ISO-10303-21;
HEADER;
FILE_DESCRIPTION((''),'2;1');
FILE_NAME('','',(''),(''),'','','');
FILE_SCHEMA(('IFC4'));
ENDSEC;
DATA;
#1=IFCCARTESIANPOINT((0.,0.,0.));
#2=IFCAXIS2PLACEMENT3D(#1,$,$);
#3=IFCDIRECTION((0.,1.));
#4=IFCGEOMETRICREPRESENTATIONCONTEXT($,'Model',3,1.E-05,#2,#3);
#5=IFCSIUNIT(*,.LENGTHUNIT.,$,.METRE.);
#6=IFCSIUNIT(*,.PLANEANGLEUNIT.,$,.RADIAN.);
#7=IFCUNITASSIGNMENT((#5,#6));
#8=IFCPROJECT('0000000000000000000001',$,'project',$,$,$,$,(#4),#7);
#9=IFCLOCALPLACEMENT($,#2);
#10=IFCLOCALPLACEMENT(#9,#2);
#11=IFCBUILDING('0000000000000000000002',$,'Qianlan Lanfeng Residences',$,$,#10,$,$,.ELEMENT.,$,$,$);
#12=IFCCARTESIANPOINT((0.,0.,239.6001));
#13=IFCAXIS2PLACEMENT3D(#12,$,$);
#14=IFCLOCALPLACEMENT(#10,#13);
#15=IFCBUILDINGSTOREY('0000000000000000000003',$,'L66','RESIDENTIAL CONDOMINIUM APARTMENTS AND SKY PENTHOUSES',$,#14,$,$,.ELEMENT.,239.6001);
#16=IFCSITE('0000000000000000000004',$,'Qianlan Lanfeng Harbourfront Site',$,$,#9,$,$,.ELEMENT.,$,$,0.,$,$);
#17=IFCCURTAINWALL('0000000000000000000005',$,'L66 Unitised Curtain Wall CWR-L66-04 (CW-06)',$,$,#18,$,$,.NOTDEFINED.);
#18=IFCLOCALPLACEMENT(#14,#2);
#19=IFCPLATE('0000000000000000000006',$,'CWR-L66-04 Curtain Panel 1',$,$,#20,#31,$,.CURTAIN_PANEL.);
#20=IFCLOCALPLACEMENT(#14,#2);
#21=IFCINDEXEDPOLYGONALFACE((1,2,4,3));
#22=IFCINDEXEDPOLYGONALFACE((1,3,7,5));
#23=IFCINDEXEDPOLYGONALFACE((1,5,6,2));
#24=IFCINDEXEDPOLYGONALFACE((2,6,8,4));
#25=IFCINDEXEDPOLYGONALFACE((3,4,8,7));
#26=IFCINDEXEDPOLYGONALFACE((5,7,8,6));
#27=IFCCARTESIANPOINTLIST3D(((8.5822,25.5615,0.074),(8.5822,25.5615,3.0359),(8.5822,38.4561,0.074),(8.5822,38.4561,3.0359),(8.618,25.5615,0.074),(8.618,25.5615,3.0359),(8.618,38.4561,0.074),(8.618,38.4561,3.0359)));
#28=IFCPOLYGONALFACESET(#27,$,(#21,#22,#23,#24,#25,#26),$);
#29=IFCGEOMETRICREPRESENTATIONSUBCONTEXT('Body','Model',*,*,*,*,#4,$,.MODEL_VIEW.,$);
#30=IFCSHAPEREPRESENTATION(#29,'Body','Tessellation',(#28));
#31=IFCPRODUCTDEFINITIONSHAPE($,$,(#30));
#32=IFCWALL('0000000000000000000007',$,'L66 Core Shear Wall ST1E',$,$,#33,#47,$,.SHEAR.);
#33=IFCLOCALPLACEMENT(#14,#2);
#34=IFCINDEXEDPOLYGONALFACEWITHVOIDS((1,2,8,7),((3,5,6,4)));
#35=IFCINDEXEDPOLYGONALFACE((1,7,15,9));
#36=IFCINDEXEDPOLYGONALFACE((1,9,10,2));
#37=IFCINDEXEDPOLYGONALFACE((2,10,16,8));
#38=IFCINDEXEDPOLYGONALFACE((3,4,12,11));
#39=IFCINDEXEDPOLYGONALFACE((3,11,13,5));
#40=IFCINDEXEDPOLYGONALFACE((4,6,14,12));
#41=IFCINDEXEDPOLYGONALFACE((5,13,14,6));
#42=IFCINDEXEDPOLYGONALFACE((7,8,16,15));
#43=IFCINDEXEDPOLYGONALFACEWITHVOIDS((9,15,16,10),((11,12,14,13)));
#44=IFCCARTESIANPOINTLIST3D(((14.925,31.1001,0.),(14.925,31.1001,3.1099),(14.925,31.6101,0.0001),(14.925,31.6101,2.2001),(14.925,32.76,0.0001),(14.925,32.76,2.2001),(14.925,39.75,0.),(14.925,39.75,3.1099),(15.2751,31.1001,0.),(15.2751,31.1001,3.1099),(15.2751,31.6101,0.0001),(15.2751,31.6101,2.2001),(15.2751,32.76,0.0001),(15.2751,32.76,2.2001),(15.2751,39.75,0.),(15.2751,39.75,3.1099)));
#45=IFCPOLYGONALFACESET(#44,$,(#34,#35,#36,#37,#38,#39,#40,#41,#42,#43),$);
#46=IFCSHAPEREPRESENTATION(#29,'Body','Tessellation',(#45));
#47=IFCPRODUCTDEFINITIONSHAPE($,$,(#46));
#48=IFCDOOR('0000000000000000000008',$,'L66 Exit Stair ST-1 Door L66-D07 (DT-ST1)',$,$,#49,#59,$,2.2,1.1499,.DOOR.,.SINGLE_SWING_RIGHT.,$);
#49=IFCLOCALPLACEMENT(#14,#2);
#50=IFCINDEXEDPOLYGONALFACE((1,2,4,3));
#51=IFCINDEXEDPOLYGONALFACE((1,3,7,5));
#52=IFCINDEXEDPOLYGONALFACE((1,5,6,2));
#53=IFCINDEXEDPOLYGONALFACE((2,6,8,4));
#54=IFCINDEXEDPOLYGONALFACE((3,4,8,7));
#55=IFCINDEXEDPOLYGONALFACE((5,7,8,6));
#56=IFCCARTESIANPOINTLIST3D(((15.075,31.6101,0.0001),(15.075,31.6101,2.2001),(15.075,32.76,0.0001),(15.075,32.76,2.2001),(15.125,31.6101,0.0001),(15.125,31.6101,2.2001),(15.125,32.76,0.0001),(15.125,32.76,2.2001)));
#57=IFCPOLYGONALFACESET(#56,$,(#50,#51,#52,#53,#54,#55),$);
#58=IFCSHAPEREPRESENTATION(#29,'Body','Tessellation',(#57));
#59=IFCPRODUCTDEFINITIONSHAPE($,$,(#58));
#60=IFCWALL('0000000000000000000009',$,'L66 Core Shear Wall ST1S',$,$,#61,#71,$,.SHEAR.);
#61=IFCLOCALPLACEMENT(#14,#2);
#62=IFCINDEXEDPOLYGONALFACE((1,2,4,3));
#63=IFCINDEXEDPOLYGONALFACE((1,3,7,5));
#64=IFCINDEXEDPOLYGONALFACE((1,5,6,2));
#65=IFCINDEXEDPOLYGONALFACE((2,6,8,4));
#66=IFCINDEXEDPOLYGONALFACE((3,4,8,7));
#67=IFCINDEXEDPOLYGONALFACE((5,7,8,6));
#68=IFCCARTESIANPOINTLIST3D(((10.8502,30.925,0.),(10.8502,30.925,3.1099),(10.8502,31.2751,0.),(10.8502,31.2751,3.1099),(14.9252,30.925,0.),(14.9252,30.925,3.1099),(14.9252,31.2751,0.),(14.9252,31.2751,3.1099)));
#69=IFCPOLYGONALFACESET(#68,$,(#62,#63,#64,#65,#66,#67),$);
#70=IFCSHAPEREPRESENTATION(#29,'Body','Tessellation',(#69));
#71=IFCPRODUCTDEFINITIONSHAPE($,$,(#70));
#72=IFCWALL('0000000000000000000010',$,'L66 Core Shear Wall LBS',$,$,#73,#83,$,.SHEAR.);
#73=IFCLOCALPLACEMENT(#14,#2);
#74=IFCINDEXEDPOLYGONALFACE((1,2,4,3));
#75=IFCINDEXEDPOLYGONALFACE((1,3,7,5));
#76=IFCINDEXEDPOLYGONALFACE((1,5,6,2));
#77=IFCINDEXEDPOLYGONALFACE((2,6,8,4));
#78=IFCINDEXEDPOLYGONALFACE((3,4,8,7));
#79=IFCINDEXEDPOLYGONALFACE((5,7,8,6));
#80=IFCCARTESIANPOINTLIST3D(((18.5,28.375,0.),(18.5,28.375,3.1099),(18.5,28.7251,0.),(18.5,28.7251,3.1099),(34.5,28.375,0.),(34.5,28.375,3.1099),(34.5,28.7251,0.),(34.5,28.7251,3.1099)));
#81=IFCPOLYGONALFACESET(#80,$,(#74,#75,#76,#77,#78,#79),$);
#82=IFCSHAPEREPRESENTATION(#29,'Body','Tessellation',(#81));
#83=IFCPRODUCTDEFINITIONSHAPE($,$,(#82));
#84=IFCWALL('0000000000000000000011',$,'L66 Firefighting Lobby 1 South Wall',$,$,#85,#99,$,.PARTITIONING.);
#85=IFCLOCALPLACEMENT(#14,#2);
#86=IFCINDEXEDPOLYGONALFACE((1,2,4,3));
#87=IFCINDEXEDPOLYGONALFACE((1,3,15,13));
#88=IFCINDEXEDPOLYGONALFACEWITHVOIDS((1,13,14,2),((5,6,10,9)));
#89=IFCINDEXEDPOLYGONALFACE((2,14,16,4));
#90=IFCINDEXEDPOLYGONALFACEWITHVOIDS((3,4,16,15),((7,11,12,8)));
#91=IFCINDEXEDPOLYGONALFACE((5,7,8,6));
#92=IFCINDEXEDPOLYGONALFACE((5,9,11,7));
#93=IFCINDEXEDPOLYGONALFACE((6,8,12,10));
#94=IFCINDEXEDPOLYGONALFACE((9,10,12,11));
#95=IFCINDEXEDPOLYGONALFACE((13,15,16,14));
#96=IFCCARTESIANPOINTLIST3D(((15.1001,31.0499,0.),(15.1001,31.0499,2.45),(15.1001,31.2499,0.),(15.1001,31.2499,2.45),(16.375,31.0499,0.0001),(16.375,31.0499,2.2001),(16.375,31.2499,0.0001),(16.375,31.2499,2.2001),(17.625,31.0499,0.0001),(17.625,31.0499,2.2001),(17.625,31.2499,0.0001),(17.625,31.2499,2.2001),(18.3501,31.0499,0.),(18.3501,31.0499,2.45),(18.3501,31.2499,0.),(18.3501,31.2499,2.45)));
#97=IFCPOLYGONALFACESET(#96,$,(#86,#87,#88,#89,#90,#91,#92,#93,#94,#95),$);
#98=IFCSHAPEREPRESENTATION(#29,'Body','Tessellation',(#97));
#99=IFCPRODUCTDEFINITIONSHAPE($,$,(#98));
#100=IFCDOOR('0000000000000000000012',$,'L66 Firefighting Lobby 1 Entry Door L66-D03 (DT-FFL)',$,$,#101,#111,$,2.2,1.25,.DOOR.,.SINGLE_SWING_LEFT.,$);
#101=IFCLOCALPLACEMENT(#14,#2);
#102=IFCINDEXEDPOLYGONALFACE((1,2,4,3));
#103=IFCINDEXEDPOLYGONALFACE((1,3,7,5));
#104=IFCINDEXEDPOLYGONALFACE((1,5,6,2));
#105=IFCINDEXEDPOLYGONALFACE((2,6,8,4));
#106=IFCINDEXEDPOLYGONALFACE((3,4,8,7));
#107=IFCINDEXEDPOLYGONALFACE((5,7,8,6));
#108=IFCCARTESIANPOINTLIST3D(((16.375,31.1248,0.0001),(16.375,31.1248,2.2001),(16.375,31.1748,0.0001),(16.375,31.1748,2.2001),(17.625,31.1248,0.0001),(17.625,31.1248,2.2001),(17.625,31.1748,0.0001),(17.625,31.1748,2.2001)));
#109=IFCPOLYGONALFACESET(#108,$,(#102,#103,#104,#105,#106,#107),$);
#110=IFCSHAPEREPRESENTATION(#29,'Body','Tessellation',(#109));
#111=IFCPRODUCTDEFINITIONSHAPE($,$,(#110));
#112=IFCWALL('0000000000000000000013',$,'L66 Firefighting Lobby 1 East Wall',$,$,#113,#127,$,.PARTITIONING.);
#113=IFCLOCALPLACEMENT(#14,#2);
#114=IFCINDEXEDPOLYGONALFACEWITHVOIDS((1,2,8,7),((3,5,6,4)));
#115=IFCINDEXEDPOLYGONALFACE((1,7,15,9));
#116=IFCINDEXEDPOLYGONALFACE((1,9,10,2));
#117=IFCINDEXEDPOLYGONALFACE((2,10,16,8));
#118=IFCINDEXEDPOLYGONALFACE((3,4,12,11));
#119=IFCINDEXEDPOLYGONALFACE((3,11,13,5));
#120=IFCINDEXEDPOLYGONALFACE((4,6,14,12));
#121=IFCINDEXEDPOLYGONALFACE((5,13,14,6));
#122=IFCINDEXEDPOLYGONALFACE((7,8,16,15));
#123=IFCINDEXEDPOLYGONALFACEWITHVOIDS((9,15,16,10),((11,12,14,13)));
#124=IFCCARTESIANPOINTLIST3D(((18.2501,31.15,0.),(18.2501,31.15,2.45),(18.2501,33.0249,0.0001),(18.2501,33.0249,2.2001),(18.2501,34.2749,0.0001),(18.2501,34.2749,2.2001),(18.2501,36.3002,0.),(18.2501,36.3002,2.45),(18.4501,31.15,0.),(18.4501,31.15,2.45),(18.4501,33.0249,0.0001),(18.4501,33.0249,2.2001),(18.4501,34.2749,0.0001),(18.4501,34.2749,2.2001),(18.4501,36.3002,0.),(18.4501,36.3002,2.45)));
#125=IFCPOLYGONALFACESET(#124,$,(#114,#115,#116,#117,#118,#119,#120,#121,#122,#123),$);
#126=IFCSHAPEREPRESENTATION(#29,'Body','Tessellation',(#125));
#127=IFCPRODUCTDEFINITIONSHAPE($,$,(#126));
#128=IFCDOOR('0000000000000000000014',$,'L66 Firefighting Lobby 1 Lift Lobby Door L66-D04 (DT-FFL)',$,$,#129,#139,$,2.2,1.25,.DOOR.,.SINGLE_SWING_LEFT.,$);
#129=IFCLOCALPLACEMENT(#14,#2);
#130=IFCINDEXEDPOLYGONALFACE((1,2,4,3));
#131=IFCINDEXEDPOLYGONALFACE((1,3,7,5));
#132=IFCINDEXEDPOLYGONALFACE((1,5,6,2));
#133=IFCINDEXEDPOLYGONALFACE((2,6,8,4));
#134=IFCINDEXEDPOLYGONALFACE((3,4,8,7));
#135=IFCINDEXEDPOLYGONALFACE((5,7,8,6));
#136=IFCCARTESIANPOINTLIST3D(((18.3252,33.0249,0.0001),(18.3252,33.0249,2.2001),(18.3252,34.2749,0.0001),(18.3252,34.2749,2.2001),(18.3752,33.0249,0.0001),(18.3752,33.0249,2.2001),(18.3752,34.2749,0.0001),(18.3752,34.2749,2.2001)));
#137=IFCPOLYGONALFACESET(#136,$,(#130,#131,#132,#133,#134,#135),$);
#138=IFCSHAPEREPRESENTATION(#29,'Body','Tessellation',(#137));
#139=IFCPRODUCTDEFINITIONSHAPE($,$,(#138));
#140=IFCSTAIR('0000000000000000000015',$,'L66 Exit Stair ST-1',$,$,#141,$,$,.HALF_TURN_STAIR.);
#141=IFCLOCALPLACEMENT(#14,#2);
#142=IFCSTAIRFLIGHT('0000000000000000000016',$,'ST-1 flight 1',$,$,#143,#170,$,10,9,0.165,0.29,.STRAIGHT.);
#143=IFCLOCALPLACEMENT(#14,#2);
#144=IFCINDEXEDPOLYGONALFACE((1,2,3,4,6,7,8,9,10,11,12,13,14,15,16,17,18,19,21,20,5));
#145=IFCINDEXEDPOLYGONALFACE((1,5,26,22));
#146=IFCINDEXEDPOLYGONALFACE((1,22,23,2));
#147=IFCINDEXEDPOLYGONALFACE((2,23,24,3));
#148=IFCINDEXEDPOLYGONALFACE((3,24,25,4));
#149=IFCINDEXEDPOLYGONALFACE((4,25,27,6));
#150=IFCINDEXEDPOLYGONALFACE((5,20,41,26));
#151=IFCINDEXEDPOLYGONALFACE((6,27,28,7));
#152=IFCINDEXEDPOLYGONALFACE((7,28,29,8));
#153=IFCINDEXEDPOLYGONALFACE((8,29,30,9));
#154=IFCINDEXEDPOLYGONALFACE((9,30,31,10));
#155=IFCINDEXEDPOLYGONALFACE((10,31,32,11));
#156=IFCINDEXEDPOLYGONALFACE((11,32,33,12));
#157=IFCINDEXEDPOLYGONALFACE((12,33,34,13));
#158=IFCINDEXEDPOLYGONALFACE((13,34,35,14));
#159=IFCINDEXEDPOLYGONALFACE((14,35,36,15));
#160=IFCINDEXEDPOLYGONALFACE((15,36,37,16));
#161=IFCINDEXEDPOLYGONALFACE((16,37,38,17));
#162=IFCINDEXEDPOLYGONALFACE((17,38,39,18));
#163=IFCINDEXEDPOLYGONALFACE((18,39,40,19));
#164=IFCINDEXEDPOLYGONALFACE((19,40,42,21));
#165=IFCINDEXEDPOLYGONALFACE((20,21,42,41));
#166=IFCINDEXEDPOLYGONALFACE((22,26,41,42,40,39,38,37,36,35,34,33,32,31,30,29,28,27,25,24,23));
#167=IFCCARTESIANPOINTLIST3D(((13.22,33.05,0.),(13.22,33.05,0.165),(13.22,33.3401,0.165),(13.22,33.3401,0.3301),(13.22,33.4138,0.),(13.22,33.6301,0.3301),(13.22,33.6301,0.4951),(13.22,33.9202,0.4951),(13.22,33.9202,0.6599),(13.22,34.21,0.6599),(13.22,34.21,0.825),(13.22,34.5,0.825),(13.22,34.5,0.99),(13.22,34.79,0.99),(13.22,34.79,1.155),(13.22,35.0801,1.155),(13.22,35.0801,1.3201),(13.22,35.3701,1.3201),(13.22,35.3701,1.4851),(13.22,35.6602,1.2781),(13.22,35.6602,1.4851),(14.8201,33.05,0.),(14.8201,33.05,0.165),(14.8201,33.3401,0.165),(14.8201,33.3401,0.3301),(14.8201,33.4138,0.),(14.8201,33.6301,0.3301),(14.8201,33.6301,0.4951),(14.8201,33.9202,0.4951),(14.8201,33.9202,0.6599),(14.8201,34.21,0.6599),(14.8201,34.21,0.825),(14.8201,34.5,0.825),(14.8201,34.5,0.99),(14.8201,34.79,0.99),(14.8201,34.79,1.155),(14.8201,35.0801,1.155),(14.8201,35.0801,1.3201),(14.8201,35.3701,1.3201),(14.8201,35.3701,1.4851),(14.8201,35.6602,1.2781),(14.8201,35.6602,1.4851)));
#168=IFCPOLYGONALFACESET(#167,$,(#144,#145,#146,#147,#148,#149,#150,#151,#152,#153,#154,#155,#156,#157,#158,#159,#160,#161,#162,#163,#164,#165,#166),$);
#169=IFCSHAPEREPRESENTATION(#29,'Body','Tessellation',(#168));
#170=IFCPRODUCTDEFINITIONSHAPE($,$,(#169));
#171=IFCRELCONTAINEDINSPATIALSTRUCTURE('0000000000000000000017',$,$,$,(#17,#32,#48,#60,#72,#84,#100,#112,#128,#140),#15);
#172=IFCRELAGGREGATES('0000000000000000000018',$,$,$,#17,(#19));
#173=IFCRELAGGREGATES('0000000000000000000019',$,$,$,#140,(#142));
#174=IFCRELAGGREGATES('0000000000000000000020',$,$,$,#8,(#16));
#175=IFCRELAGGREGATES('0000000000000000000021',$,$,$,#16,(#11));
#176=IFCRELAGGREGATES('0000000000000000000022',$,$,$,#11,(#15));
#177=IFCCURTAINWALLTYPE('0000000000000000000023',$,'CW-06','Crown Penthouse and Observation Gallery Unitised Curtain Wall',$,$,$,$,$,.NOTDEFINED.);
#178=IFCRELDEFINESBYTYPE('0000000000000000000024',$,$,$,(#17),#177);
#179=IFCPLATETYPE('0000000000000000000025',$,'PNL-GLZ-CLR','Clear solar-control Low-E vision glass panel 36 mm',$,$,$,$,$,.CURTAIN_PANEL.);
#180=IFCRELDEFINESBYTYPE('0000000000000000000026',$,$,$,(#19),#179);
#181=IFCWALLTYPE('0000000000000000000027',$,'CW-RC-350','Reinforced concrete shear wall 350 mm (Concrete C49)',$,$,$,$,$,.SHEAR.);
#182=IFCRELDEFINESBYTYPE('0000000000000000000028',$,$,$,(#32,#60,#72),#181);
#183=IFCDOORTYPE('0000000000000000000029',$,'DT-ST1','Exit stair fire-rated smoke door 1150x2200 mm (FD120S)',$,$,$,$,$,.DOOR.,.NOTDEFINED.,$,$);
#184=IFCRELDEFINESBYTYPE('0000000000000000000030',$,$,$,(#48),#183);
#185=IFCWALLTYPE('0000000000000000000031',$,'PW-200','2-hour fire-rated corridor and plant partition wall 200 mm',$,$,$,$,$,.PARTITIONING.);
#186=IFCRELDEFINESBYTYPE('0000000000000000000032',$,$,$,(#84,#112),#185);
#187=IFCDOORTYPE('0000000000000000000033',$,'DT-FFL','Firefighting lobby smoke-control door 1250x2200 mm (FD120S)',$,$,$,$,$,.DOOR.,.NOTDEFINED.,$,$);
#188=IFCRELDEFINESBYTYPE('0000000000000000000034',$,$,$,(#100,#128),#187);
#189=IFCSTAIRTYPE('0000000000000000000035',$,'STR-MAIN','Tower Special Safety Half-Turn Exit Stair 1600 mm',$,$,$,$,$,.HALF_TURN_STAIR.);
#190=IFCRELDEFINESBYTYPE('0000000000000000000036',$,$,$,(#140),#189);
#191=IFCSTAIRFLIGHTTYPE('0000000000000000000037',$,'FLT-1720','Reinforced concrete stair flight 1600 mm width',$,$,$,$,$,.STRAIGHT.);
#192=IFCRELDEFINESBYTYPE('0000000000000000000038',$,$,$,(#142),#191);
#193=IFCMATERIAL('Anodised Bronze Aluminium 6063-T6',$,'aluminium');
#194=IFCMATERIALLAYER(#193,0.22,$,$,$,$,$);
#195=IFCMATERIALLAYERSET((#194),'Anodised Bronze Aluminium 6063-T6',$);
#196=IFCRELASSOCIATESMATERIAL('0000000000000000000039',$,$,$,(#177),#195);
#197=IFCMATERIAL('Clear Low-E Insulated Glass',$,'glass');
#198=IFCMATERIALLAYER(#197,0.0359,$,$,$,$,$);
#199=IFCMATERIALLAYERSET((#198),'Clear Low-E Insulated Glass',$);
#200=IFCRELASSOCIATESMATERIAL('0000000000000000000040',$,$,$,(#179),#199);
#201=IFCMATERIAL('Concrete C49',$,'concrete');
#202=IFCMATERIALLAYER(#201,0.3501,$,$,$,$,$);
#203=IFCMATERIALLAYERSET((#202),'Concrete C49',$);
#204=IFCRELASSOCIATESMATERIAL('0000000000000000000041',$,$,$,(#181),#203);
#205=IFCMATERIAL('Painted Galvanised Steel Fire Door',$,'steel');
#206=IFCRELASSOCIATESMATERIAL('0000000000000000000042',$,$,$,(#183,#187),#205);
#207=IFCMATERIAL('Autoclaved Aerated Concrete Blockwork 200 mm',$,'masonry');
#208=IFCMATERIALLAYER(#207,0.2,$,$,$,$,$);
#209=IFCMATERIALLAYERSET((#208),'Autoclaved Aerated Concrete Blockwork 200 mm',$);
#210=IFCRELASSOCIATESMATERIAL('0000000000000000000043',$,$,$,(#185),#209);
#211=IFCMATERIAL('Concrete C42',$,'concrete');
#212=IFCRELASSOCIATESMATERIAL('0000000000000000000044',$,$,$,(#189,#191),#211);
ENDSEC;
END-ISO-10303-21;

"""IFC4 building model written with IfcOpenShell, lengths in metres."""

from ifc_helpers import new_model, si_unit, direction, frame, frame_2d, origin, origin_2d, place, context, subcontext, project, spatial, polyline, rectangle, outline, extrude, source, transform, mapped, material, layer, layer_set, type_object, element, fill, aggregate, save


model = new_model("IFC4")

# Units and contexts
model_context = context("Model", 3, precision=1e-05, world=origin(), true_north=direction((0.0, 1.0)))
body_context = subcontext(model_context, "Body", "Model", "MODEL_VIEW")
ifc_project = project(units=[si_unit("LENGTHUNIT", "METRE"), si_unit("PLANEANGLEUNIT", "RADIAN")], contexts=[model_context])

# Site, building, storey
site_placement = place(None, origin())
site = spatial("IfcSite", under=ifc_project, at=site_placement, Name="Qianlan Lanfeng Harbourfront Site", CompositionType="ELEMENT", RefElevation=0.0)
building_placement = place(site_placement, origin())
building = spatial("IfcBuilding", under=site, at=building_placement, Name="Qianlan Lanfeng Residences", CompositionType="ELEMENT")
storey_placement = place(building_placement, frame((0.0, 0.0, 239.6001)))
storey = spatial("IfcBuildingStorey", under=building, at=storey_placement, Name="L66", Description="RESIDENTIAL CONDOMINIUM APARTMENTS AND SKY PENTHOUSES", CompositionType="ELEMENT", Elevation=239.6001)

# Curtain wall, plate
ifc_material_1 = material(Name="Anodised Bronze Aluminium 6063-T6", Category="aluminium")
ifc_layer_1 = layer(ifc_material_1, 0.22)
ifc_layer_set_1 = layer_set([ifc_layer_1], Name="Anodised Bronze Aluminium 6063-T6")
curtain_wall_type = type_object("IfcCurtainWallType", Name="CW-06", Description="Crown Penthouse and Observation Gallery Unitised Curtain Wall", PredefinedType="NOTDEFINED", material=ifc_layer_set_1)
curtain_wall_placement = place(storey_placement, origin())
curtain_wall = element("IfcCurtainWall", 1, at=curtain_wall_placement, inside=storey, type_object=curtain_wall_type, Name="L66 Unitised Curtain Wall CWR-L66-04 (CW-06)", PredefinedType="NOTDEFINED")
ifc_material_2 = material(Name="Clear Low-E Insulated Glass", Category="glass")
ifc_layer_2 = layer(ifc_material_2, 0.0359)
ifc_layer_set_2 = layer_set([ifc_layer_2], Name="Clear Low-E Insulated Glass")
plate_type = type_object("IfcPlateType", Name="PNL-GLZ-CLR", Description="Clear solar-control Low-E vision glass panel 36 mm", PredefinedType="CURTAIN_PANEL", material=ifc_layer_set_2)
shared_shape_1 = source(origin(), body_context, "Body", "SweptSolid", [
    extrude(rectangle(XDim=12.8945, YDim=0.0359, at=origin_2d()), origin(), (0.0, 0.0, 1.0), 2.9619),
])
plate_placement = place(storey_placement, frame((8.6001, 32.0088, 0.074), z_axis=(0.0, 0.0, 1.0), x_axis=(0.0, -1.0, 0.0)))
plate = element("IfcPlate", 2, at=plate_placement, type_object=plate_type, Name="CWR-L66-04 Curtain Panel 1", PredefinedType="CURTAIN_PANEL", context=body_context, shape_type="MappedRepresentation", body=[
    mapped(shared_shape_1, transform((0.0, 0.0, 0.0), scale=1.0)),
])
aggregate(curtain_wall, [plate])

# Wall, opening, door
ifc_material_3 = material(Name="Concrete C49", Category="concrete")
ifc_layer_3 = layer(ifc_material_3, 0.3501)
ifc_layer_set_3 = layer_set([ifc_layer_3], Name="Concrete C49")
wall_type_1 = type_object("IfcWallType", Name="CW-RC-350", Description="Reinforced concrete shear wall 350 mm (Concrete C49)", PredefinedType="SHEAR", material=ifc_layer_set_3)
wall_1_placement = place(storey_placement, frame((15.1001, 31.1001, 0.0), z_axis=(0.0, 0.0, 1.0), x_axis=(0.0, 1.0, 0.0)))
wall_1 = element("IfcWall", 3, at=wall_1_placement, inside=storey, type_object=wall_type_1, Name="L66 Core Shear Wall ST1E", PredefinedType="SHEAR", context=body_context, shape_type="SweptSolid", body=[
    extrude(rectangle(XDim=8.6499, YDim=0.3501, at=frame_2d((4.325, 0.0))), origin(), (0.0, 0.0, 1.0), 3.1099),
])
opening_1_placement = place(wall_1_placement, frame((0.51, 0.0, 0.0)))
opening_1 = element("IfcOpeningElement", 4, at=opening_1_placement, cuts=wall_1, PredefinedType="OPENING", context=body_context, shape_type="SweptSolid", body=[
    extrude(rectangle(XDim=1.1499, YDim=2.2, at=frame_2d((0.575, 1.1001))), frame((0.0, 0.1851, 0.0), z_axis=(0.0, -1.0, 0.0), x_axis=(1.0, 0.0, 0.0)), (0.0, 0.0, 1.0), 0.3701),
])
ifc_material_4 = material(Name="Painted Galvanised Steel Fire Door", Category="steel")
door_type_1 = type_object("IfcDoorType", Name="DT-ST1", Description="Exit stair fire-rated smoke door 1150x2200 mm (FD120S)", OperationType="NOTDEFINED", PredefinedType="DOOR", material=ifc_material_4)
door_1_placement = place(opening_1_placement, frame((1.1499, 0.0, 0.0), z_axis=(0.0, 0.0, 1.0), x_axis=(-1.0, 0.0, 0.0)))
door_1 = element("IfcDoor", 5, at=door_1_placement, inside=storey, type_object=door_type_1, Name="L66 Exit Stair ST-1 Door L66-D07 (DT-ST1)", OperationType="SINGLE_SWING_RIGHT", OverallHeight=2.2, OverallWidth=1.1499, PredefinedType="DOOR", context=body_context, shape_type="SweptSolid", body=[
    extrude(rectangle(XDim=1.1499, YDim=2.2, at=frame_2d((0.575, 1.1001))), frame((0.0, 0.0249, 0.0), z_axis=(0.0, -1.0, 0.0), x_axis=(1.0, 0.0, 0.0)), (0.0, 0.0, 1.0), 0.05),
])
fill(opening_1, door_1)

# Walls
wall_2_placement = place(storey_placement, frame((10.8501, 31.1001, 0.0), z_axis=(0.0, 0.0, 1.0), x_axis=(1.0, 0.0, 0.0)))
element("IfcWall", 6, at=wall_2_placement, inside=storey, type_object=wall_type_1, Name="L66 Core Shear Wall ST1S", PredefinedType="SHEAR", context=body_context, shape_type="SweptSolid", body=[
    extrude(rectangle(XDim=4.075, YDim=0.3501, at=frame_2d((2.0376, 0.0))), origin(), (0.0, 0.0, 1.0), 3.1099),
])
wall_3_placement = place(storey_placement, frame((18.5, 28.55, 0.0), z_axis=(0.0, 0.0, 1.0), x_axis=(1.0, 0.0, 0.0)))
element("IfcWall", 7, at=wall_3_placement, inside=storey, type_object=wall_type_1, Name="L66 Core Shear Wall LBS", PredefinedType="SHEAR", context=body_context, shape_type="SweptSolid", body=[
    extrude(rectangle(XDim=16.0, YDim=0.3501, at=frame_2d((8.0, 0.0))), origin(), (0.0, 0.0, 1.0), 3.1099),
])

# Walls, openings, doors
ifc_material_5 = material(Name="Autoclaved Aerated Concrete Blockwork 200 mm", Category="masonry")
ifc_layer_4 = layer(ifc_material_5, 0.2)
ifc_layer_set_4 = layer_set([ifc_layer_4], Name="Autoclaved Aerated Concrete Blockwork 200 mm")
wall_type_2 = type_object("IfcWallType", Name="PW-200", Description="2-hour fire-rated corridor and plant partition wall 200 mm", PredefinedType="PARTITIONING", material=ifc_layer_set_4)
wall_4_placement = place(storey_placement, frame((15.1001, 31.1499, 0.0), z_axis=(0.0, 0.0, 1.0), x_axis=(1.0, 0.0, 0.0)))
wall_4 = element("IfcWall", 8, at=wall_4_placement, inside=storey, type_object=wall_type_2, Name="L66 Firefighting Lobby 1 South Wall", PredefinedType="PARTITIONING", context=body_context, shape_type="SweptSolid", body=[
    extrude(rectangle(XDim=3.25, YDim=0.2, at=frame_2d((1.625, 0.0))), origin(), (0.0, 0.0, 1.0), 2.45),
])
opening_2_placement = place(wall_4_placement, frame((1.2749, 0.0, 0.0)))
opening_2 = element("IfcOpeningElement", 9, at=opening_2_placement, cuts=wall_4, PredefinedType="OPENING", context=body_context, shape_type="SweptSolid", body=[
    extrude(rectangle(XDim=1.25, YDim=2.2, at=frame_2d((0.625, 1.1001))), frame((0.0, 0.1099, 0.0), z_axis=(0.0, -1.0, 0.0), x_axis=(1.0, 0.0, 0.0)), (0.0, 0.0, 1.0), 0.22),
])
door_type_2 = type_object("IfcDoorType", Name="DT-FFL", Description="Firefighting lobby smoke-control door 1250x2200 mm (FD120S)", OperationType="NOTDEFINED", PredefinedType="DOOR", material=ifc_material_4)
door_2_placement = place(opening_2_placement, origin())
door_2 = element("IfcDoor", 10, at=door_2_placement, inside=storey, type_object=door_type_2, Name="L66 Firefighting Lobby 1 Entry Door L66-D03 (DT-FFL)", OperationType="SINGLE_SWING_LEFT", OverallHeight=2.2, OverallWidth=1.25, PredefinedType="DOOR", context=body_context, shape_type="SweptSolid", body=[
    extrude(rectangle(XDim=1.25, YDim=2.2, at=frame_2d((0.625, 1.1001))), frame((0.0, 0.0249, 0.0), z_axis=(0.0, -1.0, 0.0), x_axis=(1.0, 0.0, 0.0)), (0.0, 0.0, 1.0), 0.05),
])
fill(opening_2, door_2)
wall_5_placement = place(storey_placement, frame((18.3501, 31.1499, 0.0), z_axis=(0.0, 0.0, 1.0), x_axis=(0.0, 1.0, 0.0)))
wall_5 = element("IfcWall", 11, at=wall_5_placement, inside=storey, type_object=wall_type_2, Name="L66 Firefighting Lobby 1 East Wall", PredefinedType="PARTITIONING", context=body_context, shape_type="SweptSolid", body=[
    extrude(rectangle(XDim=5.1501, YDim=0.2, at=frame_2d((2.5752, 0.0))), origin(), (0.0, 0.0, 1.0), 2.45),
])
opening_3_placement = place(wall_5_placement, frame((1.875, 0.0, 0.0)))
opening_3 = element("IfcOpeningElement", 12, at=opening_3_placement, cuts=wall_5, PredefinedType="OPENING", context=body_context, shape_type="SweptSolid", body=[
    extrude(rectangle(XDim=1.25, YDim=2.2, at=frame_2d((0.625, 1.1001))), frame((0.0, 0.1099, 0.0), z_axis=(0.0, -1.0, 0.0), x_axis=(1.0, 0.0, 0.0)), (0.0, 0.0, 1.0), 0.22),
])
door_3_placement = place(opening_3_placement, origin())
door_3 = element("IfcDoor", 13, at=door_3_placement, inside=storey, type_object=door_type_2, Name="L66 Firefighting Lobby 1 Lift Lobby Door L66-D04 (DT-FFL)", OperationType="SINGLE_SWING_LEFT", OverallHeight=2.2, OverallWidth=1.25, PredefinedType="DOOR", context=body_context, shape_type="SweptSolid", body=[
    extrude(rectangle(XDim=1.25, YDim=2.2, at=frame_2d((0.625, 1.1001))), frame((0.0, 0.0249, 0.0), z_axis=(0.0, -1.0, 0.0), x_axis=(1.0, 0.0, 0.0)), (0.0, 0.0, 1.0), 0.05),
])
fill(opening_3, door_3)

# Stair, stair flight
ifc_material_6 = material(Name="Concrete C42", Category="concrete")
stair_type = type_object("IfcStairType", Name="STR-MAIN", Description="Tower Special Safety Half-Turn Exit Stair 1600 mm", PredefinedType="HALF_TURN_STAIR", material=ifc_material_6)
stair_placement = place(storey_placement, origin())
stair = element("IfcStair", 14, at=stair_placement, inside=storey, type_object=stair_type, Name="L66 Exit Stair ST-1", PredefinedType="HALF_TURN_STAIR")
stair_flight_type = type_object("IfcStairFlightType", Name="FLT-1720", Description="Reinforced concrete stair flight 1600 mm width", PredefinedType="STRAIGHT", material=ifc_material_6)
stair_flight_placement = place(storey_placement, frame((14.02, 33.05, 0.0), z_axis=(0.0, 0.0, 1.0), x_axis=(0.0, 1.0, 0.0)))
stair_flight = element("IfcStairFlight", 15, at=stair_flight_placement, type_object=stair_flight_type, Name="ST-1 flight 1", NumberOfRisers=10, NumberOfTreads=9, PredefinedType="STRAIGHT", RiserHeight=0.165, TreadLength=0.29, context=body_context, shape_type="SweptSolid", body=[
    extrude(outline(polyline([(0.0, 0.0), (0.0, 0.165), (0.29, 0.165), (0.29, 0.3301), (0.5801, 0.3301), (0.5801, 0.4951), (0.8701, 0.4951), (0.8701, 0.6599), (1.1599, 0.6599), (1.1599, 0.825), (1.45, 0.825), (1.45, 0.99), (1.74, 0.99), (1.74, 1.155), (2.03, 1.155), (2.03, 1.3201), (2.3201, 1.3201), (2.3201, 1.4851), (2.6101, 1.4851), (2.6101, 1.6499), (2.6101, 1.2781), (0.3638, 0.0), (0.0, 0.0)])), frame((0.0, 0.8, 0.0), z_axis=(0.0, -1.0, 0.0), x_axis=(1.0, 0.0, 0.0)), (0.0, 0.0, 1.0), 1.6001),
])
aggregate(stair, [stair_flight])

save(model, "model.ifc")
